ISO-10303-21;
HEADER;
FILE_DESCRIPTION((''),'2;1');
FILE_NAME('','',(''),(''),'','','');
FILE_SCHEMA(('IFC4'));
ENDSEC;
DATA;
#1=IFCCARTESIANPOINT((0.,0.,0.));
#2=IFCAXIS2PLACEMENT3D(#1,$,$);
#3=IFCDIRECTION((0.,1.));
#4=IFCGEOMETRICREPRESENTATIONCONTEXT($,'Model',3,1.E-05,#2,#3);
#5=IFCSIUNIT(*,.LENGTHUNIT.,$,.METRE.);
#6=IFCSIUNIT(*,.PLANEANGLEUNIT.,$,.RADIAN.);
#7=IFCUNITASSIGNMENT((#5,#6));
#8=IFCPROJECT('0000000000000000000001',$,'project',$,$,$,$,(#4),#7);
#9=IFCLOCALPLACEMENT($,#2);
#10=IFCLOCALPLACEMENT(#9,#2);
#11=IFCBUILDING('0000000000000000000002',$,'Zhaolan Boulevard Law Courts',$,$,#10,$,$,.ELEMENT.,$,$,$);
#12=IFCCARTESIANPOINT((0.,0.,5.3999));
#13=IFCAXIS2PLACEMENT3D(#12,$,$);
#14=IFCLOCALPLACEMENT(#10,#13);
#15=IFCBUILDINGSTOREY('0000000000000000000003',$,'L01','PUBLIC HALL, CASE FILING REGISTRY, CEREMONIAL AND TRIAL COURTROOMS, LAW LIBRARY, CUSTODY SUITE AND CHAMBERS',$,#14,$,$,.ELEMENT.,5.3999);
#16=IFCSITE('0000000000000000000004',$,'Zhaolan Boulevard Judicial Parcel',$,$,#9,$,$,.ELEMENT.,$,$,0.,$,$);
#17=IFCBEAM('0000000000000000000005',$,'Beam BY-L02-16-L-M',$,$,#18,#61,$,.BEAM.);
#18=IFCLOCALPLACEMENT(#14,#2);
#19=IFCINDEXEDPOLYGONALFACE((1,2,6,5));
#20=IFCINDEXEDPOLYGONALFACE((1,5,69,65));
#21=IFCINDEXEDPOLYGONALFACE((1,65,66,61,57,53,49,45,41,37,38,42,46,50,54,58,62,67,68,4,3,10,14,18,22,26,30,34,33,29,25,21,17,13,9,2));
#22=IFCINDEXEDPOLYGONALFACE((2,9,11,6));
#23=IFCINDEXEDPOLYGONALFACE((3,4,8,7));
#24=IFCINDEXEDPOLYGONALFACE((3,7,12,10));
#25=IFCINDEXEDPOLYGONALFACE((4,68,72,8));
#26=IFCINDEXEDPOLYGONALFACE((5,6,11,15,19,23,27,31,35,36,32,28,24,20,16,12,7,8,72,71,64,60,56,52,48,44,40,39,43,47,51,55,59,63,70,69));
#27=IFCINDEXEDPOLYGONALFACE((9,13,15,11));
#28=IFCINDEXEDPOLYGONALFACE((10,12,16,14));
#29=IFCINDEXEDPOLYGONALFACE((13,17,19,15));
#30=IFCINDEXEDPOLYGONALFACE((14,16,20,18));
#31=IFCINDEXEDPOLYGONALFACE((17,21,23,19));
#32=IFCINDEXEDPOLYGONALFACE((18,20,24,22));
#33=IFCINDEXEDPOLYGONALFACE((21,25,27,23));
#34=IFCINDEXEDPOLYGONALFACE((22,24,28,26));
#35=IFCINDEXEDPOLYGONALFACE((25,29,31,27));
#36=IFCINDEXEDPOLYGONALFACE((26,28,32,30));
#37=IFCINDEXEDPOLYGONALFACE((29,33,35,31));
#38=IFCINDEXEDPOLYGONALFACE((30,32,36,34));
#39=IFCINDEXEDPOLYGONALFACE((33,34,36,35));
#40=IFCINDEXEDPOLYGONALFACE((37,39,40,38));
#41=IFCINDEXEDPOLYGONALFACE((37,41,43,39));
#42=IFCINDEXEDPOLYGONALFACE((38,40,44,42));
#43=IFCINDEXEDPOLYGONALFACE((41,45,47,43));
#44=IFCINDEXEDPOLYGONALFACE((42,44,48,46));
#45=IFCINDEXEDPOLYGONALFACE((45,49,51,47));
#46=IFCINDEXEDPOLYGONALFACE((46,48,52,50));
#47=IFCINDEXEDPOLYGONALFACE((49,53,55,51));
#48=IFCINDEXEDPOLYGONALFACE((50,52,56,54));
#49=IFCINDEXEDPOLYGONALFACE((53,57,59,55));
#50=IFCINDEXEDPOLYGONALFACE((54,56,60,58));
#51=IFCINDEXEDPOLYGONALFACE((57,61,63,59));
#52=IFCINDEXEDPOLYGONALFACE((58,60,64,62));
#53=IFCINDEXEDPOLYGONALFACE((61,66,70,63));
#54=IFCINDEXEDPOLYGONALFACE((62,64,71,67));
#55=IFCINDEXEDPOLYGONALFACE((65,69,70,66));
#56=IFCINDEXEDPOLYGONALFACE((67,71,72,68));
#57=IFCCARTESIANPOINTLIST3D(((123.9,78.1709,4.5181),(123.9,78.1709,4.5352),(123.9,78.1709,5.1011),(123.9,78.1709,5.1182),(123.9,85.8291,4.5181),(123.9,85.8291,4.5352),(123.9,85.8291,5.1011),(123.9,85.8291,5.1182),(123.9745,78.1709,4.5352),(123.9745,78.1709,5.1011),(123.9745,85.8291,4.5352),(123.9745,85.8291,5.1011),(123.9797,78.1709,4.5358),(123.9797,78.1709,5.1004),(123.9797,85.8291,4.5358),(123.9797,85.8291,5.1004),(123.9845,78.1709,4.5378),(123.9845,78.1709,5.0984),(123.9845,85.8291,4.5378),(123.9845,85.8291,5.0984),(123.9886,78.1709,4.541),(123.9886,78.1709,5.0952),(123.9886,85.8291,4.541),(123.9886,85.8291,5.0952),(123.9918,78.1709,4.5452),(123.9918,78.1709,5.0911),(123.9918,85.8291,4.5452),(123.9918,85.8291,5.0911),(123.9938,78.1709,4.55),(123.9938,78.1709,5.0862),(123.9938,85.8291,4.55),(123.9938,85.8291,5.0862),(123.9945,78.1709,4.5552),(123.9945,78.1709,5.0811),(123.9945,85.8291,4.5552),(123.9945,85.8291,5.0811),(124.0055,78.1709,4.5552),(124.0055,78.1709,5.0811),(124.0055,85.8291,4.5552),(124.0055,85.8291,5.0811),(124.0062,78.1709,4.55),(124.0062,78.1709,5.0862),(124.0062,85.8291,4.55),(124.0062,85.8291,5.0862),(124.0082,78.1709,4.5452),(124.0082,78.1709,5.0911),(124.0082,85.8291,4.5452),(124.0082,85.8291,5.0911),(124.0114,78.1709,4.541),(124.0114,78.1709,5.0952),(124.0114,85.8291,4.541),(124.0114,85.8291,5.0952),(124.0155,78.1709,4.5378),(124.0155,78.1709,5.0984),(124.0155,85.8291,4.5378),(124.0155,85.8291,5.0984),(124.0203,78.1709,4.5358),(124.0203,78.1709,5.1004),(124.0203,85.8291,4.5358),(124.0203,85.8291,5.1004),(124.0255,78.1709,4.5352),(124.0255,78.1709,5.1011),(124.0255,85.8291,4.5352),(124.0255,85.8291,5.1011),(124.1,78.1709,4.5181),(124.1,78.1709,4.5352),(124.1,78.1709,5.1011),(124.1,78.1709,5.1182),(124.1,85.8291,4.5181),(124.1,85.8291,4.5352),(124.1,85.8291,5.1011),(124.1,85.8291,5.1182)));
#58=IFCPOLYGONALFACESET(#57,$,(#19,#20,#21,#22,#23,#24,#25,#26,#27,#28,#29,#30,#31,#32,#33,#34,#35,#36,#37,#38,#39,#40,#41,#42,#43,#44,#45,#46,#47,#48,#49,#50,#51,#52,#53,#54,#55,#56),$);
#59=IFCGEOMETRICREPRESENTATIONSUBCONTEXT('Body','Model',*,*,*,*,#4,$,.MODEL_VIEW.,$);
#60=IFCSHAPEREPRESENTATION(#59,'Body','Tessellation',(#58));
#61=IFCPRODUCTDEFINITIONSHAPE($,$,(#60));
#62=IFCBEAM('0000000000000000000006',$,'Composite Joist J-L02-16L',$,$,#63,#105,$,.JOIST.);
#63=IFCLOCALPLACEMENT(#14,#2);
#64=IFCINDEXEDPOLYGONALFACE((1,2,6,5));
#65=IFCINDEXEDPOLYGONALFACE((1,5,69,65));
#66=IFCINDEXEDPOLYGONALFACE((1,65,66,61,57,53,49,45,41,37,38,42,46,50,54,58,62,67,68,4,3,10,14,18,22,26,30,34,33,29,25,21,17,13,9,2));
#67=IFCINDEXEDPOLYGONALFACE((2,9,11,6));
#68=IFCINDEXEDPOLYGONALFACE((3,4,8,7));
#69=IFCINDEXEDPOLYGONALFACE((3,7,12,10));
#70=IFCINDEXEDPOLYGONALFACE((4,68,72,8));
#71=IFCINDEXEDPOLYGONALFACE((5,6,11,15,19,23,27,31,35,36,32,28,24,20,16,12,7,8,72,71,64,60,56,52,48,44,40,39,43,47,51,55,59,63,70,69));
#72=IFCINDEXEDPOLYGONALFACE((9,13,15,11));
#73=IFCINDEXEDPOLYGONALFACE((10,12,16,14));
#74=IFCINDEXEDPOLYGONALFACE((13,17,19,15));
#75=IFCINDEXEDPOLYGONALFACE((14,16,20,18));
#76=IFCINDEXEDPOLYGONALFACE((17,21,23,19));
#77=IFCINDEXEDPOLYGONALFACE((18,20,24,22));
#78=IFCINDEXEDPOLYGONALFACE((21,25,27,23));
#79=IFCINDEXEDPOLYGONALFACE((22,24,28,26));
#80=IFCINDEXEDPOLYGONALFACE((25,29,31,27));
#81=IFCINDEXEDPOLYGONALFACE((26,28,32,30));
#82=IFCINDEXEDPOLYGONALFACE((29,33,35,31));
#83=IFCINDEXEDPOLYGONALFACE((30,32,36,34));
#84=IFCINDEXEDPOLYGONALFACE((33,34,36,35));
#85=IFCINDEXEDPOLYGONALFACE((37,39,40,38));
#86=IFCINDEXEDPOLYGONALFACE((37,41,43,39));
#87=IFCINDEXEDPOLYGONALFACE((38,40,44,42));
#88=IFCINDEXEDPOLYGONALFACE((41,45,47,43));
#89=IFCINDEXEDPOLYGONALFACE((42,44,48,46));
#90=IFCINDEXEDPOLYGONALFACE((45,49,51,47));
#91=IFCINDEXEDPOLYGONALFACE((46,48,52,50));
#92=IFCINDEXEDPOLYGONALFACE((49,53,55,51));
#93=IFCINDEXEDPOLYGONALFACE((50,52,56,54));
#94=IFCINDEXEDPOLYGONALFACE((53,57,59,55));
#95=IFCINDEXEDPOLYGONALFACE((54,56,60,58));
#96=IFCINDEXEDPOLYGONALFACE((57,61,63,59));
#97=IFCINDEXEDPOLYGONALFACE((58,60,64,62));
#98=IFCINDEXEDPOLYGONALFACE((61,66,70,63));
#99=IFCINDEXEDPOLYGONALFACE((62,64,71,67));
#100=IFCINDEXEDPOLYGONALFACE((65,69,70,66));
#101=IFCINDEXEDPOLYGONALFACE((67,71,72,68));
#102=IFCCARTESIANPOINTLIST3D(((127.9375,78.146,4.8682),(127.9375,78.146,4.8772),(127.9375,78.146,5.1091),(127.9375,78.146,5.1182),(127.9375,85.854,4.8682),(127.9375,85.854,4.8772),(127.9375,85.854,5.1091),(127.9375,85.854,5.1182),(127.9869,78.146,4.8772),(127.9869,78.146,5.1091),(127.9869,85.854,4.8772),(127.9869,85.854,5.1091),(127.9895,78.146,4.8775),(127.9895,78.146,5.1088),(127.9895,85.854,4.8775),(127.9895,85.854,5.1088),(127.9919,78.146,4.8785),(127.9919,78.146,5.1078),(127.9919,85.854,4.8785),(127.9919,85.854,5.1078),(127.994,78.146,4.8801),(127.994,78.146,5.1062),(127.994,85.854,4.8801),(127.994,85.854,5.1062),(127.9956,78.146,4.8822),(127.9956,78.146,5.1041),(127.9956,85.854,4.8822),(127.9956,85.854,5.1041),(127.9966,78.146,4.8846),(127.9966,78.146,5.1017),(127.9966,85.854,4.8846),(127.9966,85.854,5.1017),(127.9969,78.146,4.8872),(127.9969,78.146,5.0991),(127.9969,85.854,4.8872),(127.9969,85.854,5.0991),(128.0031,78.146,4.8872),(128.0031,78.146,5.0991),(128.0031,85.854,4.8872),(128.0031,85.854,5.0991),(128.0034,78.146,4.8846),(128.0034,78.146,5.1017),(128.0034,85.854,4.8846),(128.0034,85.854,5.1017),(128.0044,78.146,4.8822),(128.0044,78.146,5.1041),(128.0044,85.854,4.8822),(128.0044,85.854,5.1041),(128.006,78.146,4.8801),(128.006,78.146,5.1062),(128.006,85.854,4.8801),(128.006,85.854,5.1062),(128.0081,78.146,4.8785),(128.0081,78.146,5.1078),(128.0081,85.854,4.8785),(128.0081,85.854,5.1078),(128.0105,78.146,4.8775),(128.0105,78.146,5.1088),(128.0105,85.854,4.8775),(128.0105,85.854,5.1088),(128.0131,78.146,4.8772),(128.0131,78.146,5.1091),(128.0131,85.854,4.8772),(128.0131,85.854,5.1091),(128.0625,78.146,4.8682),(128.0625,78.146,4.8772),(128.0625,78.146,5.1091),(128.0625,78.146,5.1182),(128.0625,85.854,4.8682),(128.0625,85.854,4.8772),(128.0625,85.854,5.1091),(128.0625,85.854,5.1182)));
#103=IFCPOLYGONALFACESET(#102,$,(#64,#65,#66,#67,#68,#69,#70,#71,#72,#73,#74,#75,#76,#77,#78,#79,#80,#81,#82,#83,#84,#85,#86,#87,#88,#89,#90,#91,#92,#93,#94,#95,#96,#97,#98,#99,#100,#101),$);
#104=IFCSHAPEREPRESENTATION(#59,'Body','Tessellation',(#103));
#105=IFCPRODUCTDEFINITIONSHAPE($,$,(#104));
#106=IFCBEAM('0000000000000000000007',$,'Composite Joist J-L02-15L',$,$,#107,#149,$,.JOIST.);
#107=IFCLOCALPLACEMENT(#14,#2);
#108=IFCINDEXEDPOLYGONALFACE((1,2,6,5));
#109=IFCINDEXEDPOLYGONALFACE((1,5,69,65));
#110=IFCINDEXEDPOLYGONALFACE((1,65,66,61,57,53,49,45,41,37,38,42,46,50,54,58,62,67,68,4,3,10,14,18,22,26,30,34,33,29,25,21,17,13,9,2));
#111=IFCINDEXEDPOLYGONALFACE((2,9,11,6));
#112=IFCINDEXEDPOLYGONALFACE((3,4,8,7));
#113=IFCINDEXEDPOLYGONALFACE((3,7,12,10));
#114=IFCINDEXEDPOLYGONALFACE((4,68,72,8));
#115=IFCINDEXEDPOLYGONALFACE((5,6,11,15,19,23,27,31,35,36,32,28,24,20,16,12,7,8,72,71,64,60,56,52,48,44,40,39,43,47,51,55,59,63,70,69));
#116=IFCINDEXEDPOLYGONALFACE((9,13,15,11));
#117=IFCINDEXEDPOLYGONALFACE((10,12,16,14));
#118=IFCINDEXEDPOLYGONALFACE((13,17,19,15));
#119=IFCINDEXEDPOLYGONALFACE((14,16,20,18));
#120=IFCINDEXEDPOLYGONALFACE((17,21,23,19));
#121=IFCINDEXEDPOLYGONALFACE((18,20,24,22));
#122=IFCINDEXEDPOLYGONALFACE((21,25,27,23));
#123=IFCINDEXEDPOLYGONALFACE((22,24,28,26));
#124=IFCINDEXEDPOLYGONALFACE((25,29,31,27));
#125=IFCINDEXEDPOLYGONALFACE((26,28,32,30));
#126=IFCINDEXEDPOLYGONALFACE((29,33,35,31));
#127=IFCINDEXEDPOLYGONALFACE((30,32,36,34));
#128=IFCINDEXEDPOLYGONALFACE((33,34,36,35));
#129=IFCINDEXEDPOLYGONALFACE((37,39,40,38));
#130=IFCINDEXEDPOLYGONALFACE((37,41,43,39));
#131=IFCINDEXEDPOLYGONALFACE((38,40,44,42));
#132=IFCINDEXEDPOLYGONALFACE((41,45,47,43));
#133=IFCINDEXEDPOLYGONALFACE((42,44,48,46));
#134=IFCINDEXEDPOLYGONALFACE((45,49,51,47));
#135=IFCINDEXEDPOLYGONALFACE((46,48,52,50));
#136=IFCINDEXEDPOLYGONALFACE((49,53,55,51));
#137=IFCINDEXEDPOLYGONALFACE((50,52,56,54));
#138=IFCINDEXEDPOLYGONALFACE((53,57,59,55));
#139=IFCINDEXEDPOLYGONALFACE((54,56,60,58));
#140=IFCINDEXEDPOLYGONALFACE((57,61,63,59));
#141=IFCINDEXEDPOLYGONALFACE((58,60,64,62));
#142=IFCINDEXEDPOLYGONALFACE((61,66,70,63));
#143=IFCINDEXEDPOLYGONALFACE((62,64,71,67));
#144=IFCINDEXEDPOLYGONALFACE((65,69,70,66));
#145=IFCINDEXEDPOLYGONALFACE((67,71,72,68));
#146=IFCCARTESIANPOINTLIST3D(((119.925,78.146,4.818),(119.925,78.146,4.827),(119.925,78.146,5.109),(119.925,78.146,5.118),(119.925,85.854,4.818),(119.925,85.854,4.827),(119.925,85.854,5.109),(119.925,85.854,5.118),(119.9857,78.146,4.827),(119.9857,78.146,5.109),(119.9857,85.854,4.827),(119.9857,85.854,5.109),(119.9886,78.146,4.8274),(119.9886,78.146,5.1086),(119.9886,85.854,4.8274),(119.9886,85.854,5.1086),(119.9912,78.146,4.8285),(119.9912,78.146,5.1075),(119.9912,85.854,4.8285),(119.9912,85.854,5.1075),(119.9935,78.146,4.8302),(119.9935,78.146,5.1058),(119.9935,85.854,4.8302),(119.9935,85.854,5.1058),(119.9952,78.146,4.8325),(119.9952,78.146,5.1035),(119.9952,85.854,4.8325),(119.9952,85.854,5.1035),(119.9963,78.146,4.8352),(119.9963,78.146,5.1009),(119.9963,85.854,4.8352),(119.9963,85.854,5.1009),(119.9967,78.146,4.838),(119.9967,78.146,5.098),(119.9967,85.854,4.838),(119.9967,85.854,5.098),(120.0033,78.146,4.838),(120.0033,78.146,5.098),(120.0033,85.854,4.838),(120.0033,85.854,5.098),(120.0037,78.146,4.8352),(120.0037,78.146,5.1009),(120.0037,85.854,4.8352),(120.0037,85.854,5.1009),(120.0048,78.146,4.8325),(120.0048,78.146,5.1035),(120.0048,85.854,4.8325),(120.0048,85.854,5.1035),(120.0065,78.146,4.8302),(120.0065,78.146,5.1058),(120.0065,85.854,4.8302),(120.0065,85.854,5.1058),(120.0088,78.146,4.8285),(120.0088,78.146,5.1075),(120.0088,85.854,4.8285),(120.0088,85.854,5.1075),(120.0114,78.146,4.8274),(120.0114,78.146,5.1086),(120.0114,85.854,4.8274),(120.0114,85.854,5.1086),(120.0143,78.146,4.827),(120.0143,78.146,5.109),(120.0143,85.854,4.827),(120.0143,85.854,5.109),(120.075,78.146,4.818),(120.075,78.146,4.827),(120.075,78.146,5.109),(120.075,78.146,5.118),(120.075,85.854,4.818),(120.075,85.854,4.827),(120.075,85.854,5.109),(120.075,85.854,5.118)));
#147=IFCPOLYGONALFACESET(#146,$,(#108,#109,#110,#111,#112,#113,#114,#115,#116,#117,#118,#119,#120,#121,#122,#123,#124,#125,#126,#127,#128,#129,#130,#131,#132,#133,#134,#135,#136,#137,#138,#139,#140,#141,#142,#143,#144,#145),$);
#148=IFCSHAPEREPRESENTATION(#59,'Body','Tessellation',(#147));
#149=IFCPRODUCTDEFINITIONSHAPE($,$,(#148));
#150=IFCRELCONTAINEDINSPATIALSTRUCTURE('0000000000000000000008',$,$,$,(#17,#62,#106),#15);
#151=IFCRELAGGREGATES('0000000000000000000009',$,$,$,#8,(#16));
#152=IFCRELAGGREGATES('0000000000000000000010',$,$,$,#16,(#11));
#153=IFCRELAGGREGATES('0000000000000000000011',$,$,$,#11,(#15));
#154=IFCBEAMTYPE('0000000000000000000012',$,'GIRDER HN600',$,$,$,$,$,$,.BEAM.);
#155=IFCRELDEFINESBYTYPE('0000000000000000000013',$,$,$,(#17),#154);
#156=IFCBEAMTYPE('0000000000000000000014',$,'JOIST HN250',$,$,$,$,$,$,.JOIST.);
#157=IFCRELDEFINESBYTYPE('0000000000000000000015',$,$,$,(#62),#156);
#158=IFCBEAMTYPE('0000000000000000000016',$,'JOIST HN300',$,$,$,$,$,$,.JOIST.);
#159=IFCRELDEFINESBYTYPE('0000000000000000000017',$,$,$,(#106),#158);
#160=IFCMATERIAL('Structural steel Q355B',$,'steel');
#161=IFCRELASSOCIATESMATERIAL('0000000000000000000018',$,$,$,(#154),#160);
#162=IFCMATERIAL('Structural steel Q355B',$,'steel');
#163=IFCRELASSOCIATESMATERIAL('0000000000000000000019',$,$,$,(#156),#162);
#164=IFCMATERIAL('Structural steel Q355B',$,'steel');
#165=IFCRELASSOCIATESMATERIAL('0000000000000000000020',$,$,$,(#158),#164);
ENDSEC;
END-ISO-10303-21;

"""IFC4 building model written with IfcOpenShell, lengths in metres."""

from ifc_helpers import new_model, si_unit, direction, frame, origin, origin_2d, place, context, subcontext, project, spatial, i_section, extrude, material, material_profile, profile_set, type_object, element, save


model = new_model("IFC4")

# Units and contexts
model_context = context("Model", 3, precision=1e-05, world=origin(), true_north=direction((0.0, 1.0)))
body_context = subcontext(model_context, "Body", "Model", "MODEL_VIEW")
ifc_project = project(units=[si_unit("LENGTHUNIT", "METRE"), si_unit("PLANEANGLEUNIT", "RADIAN")], contexts=[model_context])

# Site, building, storey
site_placement = place(None, origin())
site = spatial("IfcSite", under=ifc_project, at=site_placement, Name="Zhaolan Boulevard Judicial Parcel", CompositionType="ELEMENT", RefElevation=0.0)
building_placement = place(site_placement, origin())
building = spatial("IfcBuilding", under=site, at=building_placement, Name="Zhaolan Boulevard Law Courts", CompositionType="ELEMENT")
storey_placement = place(building_placement, frame((0.0, 0.0, 5.3999)))
storey = spatial("IfcBuildingStorey", under=building, at=storey_placement, Name="L01", Description="PUBLIC HALL, CASE FILING REGISTRY, CEREMONIAL AND TRIAL COURTROOMS, LAW LIBRARY, CUSTODY SUITE AND CHAMBERS", CompositionType="ELEMENT", Elevation=5.3999)

# Beams
ifc_material_1 = material(Name="Structural steel Q355B", Category="steel")
ifc_material_profile_1 = material_profile(ifc_material_1, i_section(OverallWidth=0.2, OverallDepth=0.6001, WebThickness=0.011, FlangeThickness=0.0171, FilletRadius=0.02, at=origin_2d()), Name="HN600x200")
ifc_profile_set_1 = profile_set([ifc_material_profile_1], Name="Structural steel Q355B")
beam_type_1 = type_object("IfcBeamType", Name="GIRDER HN600", PredefinedType="BEAM", material=ifc_profile_set_1)
for number, where, z_axis, x_axis, name in (
    (1, (124.0, 78.1709, 4.8181), (0.0, 1.0, 0.0), (-1.0, 0.0, 0.0), "Beam BY-L02-16-L-M"),
):
    element("IfcBeam", number, at=place(storey_placement, frame(where, z_axis=z_axis, x_axis=x_axis)), inside=storey, type_object=beam_type_1, Name=name, PredefinedType="BEAM", context=body_context, shape_type="SweptSolid", body=[
        extrude(i_section(OverallWidth=0.2, OverallDepth=0.6001, WebThickness=0.011, FlangeThickness=0.0171, FilletRadius=0.02, at=origin_2d()), origin(), (0.0, 0.0, 1.0), 7.6582),
    ])
ifc_material_2 = material(Name="Structural steel Q355B", Category="steel")
ifc_material_profile_2 = material_profile(ifc_material_2, i_section(OverallWidth=0.125, OverallDepth=0.25, WebThickness=0.0061, FlangeThickness=0.009, FilletRadius=0.01, at=origin_2d()), Name="HN250x125")
ifc_profile_set_2 = profile_set([ifc_material_profile_2], Name="Structural steel Q355B")
beam_type_2 = type_object("IfcBeamType", Name="JOIST HN250", PredefinedType="JOIST", material=ifc_profile_set_2)
beam_1_placement = place(storey_placement, frame((128.0, 78.146, 4.9932), z_axis=(0.0, 1.0, 0.0), x_axis=(-1.0, 0.0, 0.0)))
element("IfcBeam", 2, at=beam_1_placement, inside=storey, type_object=beam_type_2, Name="Composite Joist J-L02-16L", PredefinedType="JOIST", context=body_context, shape_type="SweptSolid", body=[
    extrude(i_section(OverallWidth=0.125, OverallDepth=0.25, WebThickness=0.0061, FlangeThickness=0.009, FilletRadius=0.01, at=origin_2d()), origin(), (0.0, 0.0, 1.0), 7.708),
])
ifc_material_3 = material(Name="Structural steel Q355B", Category="steel")
ifc_material_profile_3 = material_profile(ifc_material_3, i_section(OverallWidth=0.1499, OverallDepth=0.3, WebThickness=0.0066, FlangeThickness=0.009, FilletRadius=0.011, at=origin_2d()), Name="HN300x150")
ifc_profile_set_3 = profile_set([ifc_material_profile_3], Name="Structural steel Q355B")
beam_type_3 = type_object("IfcBeamType", Name="JOIST HN300", PredefinedType="JOIST", material=ifc_profile_set_3)
beam_2_placement = place(storey_placement, frame((120.0, 78.146, 4.968), z_axis=(0.0, 1.0, 0.0), x_axis=(-1.0, 0.0, 0.0)))
element("IfcBeam", 3, at=beam_2_placement, inside=storey, type_object=beam_type_3, Name="Composite Joist J-L02-15L", PredefinedType="JOIST", context=body_context, shape_type="SweptSolid", body=[
    extrude(i_section(OverallWidth=0.1499, OverallDepth=0.3, WebThickness=0.0066, FlangeThickness=0.009, FilletRadius=0.011, at=origin_2d()), origin(), (0.0, 0.0, 1.0), 7.708),
])

save(model, "model.ifc")
